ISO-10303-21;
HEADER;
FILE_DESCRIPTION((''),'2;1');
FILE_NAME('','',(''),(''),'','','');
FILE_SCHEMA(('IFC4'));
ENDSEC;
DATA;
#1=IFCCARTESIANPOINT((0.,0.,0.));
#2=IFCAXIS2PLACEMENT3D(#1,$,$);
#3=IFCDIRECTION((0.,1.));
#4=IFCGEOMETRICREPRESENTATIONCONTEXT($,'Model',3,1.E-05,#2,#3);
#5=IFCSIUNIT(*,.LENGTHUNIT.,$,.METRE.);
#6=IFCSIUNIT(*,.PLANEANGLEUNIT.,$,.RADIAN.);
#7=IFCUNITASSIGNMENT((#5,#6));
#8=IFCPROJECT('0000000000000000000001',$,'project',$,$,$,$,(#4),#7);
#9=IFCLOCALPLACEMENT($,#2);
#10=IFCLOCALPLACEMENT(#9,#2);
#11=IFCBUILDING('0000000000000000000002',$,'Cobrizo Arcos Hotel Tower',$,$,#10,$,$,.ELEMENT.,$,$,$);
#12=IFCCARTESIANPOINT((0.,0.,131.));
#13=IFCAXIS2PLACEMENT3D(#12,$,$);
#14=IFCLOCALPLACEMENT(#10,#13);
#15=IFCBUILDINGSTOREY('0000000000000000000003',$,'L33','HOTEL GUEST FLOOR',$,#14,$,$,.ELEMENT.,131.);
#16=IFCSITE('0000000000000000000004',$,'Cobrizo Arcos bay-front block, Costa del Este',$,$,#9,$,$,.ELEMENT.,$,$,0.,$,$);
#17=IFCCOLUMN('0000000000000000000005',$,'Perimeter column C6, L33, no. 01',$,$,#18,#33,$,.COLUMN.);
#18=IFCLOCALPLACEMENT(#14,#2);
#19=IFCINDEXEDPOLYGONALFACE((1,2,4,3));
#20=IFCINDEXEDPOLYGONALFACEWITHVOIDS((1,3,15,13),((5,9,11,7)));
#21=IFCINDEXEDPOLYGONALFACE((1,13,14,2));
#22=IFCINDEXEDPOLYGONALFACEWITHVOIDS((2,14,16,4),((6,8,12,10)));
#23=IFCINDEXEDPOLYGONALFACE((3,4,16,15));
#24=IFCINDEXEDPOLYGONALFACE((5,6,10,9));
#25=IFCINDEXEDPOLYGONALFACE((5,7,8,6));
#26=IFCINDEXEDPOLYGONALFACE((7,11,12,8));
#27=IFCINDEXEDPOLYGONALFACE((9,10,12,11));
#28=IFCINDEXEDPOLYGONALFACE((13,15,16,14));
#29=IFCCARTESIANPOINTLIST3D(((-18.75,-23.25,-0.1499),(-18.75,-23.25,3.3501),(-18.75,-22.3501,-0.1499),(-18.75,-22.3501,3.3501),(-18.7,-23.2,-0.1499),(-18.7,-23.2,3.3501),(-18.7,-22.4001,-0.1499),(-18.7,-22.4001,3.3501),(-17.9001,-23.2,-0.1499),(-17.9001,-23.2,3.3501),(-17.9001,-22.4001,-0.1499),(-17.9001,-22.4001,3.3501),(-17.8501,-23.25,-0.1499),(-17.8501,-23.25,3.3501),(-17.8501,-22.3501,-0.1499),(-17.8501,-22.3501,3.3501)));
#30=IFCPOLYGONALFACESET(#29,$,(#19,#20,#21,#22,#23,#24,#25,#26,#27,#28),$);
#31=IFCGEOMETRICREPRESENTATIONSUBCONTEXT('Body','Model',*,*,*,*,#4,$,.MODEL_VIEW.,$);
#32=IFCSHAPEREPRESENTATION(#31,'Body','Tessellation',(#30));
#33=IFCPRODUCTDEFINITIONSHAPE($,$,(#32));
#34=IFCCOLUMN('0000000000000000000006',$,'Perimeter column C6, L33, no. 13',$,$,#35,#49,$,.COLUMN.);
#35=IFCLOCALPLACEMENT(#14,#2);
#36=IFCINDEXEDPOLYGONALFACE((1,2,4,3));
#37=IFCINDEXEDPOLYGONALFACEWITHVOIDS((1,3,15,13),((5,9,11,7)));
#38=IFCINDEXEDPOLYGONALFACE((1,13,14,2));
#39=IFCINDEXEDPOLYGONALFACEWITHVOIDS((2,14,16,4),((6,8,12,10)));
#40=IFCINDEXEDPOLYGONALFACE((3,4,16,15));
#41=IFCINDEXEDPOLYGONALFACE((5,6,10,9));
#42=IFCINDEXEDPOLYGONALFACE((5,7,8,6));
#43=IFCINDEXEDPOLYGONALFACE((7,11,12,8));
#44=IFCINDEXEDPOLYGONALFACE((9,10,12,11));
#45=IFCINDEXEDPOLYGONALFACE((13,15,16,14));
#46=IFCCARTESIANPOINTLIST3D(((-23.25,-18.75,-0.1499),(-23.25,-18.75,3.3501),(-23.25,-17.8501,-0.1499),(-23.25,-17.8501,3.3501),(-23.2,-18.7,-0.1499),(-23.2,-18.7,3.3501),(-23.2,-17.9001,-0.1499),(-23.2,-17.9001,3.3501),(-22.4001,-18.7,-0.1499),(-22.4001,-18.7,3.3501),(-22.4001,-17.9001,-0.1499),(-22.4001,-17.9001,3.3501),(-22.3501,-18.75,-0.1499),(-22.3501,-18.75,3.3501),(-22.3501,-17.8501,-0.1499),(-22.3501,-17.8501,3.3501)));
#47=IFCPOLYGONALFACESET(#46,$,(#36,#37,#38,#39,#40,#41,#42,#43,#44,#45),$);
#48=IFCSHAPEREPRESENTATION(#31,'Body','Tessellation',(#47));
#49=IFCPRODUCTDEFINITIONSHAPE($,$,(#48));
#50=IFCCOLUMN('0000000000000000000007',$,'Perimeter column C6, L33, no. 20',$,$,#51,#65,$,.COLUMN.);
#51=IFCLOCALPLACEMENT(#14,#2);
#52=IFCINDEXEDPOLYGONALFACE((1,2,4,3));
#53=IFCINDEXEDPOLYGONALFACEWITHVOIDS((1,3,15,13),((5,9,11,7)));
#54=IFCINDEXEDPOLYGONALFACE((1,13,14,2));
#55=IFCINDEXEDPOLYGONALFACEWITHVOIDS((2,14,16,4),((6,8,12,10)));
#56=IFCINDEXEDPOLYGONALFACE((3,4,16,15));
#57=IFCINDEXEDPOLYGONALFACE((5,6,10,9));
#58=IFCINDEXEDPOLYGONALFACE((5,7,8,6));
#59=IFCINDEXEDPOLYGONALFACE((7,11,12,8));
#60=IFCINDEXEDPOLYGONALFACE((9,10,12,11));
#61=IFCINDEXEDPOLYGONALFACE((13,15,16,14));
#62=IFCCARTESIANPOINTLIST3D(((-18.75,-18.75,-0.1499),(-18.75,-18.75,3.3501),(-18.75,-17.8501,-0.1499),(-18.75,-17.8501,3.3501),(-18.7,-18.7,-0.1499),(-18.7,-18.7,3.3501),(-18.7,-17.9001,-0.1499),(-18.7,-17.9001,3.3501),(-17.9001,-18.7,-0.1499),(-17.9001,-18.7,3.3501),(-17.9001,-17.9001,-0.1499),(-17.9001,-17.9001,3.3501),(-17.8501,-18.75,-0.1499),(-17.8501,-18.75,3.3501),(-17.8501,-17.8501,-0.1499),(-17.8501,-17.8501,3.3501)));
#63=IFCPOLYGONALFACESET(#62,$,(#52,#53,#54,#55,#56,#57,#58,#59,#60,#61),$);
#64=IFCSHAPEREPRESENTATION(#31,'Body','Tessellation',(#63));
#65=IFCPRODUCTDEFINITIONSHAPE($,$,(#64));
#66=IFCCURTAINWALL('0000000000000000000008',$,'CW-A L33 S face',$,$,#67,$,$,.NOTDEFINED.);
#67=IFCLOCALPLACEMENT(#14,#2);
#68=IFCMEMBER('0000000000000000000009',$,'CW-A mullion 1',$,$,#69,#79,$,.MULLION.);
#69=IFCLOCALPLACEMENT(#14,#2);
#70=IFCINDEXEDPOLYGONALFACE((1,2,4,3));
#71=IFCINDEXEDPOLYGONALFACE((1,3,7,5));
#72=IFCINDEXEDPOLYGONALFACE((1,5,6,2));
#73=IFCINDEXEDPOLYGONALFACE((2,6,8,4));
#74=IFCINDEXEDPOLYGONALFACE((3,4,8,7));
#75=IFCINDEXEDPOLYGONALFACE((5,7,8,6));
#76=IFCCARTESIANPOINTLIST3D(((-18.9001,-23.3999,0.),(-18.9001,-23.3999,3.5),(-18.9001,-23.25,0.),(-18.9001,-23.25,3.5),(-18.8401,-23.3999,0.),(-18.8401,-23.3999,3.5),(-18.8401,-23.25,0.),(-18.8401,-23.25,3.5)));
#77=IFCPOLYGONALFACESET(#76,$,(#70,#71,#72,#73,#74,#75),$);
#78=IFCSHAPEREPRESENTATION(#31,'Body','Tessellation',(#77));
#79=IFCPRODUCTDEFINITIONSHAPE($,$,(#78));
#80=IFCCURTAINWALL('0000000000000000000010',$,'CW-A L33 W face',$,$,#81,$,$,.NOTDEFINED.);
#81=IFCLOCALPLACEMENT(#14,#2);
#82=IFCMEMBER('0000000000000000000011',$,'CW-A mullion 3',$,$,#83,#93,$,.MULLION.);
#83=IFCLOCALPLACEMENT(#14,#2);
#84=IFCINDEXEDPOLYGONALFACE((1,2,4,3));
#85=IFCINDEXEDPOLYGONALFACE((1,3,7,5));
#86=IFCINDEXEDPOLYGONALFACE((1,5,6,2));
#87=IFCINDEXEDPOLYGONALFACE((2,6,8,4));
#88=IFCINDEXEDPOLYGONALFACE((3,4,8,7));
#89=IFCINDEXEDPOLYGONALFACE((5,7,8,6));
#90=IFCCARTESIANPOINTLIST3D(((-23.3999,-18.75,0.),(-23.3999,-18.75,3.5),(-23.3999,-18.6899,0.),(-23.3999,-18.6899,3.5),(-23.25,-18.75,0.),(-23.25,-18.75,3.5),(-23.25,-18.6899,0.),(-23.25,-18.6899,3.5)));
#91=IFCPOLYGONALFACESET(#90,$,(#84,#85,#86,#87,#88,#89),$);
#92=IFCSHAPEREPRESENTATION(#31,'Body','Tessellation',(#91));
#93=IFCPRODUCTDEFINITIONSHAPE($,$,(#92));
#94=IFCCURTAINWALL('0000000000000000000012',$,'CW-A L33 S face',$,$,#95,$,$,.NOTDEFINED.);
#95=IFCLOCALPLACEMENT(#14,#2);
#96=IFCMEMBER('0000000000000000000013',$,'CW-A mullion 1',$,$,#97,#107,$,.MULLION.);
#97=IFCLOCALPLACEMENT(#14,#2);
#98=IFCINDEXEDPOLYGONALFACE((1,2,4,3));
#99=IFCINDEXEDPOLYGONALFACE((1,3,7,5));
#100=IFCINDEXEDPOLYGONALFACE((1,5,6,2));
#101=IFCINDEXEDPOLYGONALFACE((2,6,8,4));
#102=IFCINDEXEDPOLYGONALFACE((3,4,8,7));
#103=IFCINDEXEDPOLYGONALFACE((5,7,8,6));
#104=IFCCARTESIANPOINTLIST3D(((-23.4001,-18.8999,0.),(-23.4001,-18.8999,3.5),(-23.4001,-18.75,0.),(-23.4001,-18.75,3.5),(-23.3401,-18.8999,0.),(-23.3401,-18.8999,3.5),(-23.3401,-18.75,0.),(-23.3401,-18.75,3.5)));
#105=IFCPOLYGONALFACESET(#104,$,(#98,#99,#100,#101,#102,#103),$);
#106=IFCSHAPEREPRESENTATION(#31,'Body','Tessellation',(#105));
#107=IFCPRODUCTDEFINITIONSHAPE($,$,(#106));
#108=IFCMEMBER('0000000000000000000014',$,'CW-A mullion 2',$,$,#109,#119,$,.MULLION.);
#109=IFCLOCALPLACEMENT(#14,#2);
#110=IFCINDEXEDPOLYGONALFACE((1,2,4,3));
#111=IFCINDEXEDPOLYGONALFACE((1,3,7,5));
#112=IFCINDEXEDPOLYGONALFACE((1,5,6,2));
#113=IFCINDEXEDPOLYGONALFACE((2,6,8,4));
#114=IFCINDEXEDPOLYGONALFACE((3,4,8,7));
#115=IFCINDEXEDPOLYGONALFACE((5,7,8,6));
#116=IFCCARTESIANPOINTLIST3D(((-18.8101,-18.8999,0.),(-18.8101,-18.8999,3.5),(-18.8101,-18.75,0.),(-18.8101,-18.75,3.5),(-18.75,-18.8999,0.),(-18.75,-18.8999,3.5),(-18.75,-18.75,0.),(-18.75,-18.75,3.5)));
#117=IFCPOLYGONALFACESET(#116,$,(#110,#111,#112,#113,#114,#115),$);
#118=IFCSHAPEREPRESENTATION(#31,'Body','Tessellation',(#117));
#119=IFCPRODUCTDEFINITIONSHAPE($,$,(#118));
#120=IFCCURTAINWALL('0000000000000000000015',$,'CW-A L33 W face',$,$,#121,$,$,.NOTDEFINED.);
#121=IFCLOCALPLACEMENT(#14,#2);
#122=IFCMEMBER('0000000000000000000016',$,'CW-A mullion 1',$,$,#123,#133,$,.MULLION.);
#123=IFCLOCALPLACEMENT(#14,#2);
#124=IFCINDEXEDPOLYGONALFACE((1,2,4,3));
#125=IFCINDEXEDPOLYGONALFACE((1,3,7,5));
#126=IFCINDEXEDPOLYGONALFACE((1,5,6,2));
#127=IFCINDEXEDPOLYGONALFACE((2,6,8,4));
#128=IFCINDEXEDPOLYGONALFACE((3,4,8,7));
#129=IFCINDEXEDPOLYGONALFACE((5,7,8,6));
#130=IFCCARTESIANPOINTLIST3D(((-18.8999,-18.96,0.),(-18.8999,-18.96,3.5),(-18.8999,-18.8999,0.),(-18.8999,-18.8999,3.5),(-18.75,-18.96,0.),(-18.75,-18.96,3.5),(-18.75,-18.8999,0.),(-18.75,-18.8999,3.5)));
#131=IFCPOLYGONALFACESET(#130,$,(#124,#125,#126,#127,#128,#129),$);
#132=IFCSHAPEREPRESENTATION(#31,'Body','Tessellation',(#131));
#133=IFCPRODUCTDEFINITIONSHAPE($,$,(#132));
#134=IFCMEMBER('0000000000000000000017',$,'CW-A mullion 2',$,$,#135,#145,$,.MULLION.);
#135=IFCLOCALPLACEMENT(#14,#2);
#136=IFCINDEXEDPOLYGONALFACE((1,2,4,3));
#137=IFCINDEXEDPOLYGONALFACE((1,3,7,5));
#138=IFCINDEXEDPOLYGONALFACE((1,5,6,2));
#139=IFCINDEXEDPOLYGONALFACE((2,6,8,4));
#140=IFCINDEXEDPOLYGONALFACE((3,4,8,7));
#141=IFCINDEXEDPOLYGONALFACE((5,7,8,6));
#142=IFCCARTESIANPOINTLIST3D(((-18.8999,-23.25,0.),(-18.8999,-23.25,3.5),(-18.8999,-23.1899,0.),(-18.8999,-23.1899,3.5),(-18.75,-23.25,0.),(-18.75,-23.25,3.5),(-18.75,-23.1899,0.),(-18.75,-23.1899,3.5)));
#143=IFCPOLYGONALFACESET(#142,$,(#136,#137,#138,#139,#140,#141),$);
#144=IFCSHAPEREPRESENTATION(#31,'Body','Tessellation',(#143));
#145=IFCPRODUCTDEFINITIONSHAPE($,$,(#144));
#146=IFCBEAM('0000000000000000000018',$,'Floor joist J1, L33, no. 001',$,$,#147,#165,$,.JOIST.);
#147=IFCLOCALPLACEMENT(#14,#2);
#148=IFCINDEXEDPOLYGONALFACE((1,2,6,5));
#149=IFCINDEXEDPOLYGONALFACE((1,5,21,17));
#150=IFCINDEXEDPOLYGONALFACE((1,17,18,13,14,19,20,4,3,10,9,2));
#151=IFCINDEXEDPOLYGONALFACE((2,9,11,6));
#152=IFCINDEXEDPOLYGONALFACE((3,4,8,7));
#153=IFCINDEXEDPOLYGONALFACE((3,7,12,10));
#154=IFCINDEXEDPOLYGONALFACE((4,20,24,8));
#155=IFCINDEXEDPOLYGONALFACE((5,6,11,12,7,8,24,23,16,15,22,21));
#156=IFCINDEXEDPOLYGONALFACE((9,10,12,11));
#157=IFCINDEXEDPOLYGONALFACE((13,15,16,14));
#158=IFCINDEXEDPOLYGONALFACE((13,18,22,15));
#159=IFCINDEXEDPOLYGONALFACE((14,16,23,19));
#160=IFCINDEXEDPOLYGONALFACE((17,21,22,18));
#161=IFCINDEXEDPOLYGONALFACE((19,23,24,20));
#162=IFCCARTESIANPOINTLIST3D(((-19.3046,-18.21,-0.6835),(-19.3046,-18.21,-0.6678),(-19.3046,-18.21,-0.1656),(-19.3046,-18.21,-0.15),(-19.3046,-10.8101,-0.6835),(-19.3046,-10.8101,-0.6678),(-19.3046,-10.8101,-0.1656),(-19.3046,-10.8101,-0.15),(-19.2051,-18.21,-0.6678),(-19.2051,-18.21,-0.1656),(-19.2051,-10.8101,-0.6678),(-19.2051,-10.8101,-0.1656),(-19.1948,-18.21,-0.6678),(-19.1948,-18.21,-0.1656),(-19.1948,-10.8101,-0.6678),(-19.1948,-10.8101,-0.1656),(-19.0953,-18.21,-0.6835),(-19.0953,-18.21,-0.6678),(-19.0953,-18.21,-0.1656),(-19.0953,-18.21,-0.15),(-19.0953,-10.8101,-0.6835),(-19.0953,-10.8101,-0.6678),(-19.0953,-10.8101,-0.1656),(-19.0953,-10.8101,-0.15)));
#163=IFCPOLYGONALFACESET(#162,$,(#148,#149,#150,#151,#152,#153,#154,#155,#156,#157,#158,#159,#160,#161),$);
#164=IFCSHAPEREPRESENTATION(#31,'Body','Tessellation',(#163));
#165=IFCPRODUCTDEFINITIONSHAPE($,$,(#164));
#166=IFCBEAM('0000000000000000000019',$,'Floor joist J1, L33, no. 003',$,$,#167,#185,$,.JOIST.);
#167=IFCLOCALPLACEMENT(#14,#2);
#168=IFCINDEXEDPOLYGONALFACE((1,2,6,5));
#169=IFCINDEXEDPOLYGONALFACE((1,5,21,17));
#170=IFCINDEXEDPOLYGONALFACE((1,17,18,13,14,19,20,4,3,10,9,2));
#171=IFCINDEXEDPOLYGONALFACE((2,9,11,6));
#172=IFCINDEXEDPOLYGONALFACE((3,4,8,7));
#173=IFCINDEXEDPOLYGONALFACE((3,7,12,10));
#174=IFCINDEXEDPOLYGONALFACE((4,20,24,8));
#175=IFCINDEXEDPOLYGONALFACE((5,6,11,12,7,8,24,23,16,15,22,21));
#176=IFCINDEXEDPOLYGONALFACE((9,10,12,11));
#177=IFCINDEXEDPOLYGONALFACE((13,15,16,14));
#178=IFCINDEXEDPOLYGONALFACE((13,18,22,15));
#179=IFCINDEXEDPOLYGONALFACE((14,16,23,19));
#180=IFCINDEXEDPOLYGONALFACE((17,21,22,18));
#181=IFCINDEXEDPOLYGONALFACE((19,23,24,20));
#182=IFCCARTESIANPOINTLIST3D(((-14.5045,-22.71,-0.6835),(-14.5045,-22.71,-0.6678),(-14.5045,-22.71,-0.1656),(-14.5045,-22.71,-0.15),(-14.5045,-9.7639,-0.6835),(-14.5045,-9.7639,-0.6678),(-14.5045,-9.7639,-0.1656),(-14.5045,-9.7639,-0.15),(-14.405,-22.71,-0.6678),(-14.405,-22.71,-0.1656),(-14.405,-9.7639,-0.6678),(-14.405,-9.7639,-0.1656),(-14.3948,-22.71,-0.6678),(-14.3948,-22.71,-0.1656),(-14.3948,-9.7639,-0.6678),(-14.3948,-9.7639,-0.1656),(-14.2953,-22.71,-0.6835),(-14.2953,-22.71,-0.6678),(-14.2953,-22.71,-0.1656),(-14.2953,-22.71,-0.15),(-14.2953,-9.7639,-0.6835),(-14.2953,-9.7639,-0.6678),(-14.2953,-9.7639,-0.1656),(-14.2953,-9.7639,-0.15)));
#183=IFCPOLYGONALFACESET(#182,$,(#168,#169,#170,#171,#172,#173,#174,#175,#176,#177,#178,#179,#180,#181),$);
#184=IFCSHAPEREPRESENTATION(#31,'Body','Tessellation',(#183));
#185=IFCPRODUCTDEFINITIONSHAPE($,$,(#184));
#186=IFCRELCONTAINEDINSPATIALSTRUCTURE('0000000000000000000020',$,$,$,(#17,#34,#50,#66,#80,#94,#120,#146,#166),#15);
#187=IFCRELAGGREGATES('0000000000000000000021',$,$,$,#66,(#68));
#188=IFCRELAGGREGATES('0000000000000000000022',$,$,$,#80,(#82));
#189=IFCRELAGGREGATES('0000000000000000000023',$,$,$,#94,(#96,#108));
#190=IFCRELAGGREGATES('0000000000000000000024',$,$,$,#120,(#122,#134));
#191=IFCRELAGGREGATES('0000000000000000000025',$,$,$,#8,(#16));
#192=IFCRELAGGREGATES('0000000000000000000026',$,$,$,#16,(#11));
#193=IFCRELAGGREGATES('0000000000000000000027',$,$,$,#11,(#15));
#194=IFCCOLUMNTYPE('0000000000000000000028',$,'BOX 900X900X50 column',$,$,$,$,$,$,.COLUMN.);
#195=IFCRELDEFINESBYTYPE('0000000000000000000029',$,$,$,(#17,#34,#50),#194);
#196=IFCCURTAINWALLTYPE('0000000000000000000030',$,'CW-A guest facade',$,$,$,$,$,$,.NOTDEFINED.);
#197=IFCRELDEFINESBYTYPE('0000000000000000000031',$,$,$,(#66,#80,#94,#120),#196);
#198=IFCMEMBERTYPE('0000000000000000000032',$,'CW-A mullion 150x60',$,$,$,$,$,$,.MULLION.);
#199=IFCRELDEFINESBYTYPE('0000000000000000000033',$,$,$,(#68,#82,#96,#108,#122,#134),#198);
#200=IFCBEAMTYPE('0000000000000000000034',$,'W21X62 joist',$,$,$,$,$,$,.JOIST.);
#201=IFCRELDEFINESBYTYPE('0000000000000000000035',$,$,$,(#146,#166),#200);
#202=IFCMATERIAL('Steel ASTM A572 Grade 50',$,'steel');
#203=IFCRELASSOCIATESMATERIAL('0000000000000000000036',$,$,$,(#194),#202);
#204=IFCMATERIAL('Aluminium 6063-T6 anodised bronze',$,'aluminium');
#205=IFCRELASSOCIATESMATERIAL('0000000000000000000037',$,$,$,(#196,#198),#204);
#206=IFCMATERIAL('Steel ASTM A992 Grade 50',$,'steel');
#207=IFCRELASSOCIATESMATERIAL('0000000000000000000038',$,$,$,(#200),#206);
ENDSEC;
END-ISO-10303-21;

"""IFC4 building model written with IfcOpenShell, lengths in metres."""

from ifc_helpers import new_model, si_unit, direction, frame, origin, origin_2d, place, context, subcontext, project, spatial, rectangle, hollow_rectangle, i_section, extrude, material, material_profile, profile_set, type_object, element, aggregate, save


model = new_model("IFC4")

# Units and contexts
model_context = context("Model", 3, precision=1e-05, world=origin(), true_north=direction((0.0, 1.0)))
body_context = subcontext(model_context, "Body", "Model", "MODEL_VIEW")
ifc_project = project(units=[si_unit("LENGTHUNIT", "METRE"), si_unit("PLANEANGLEUNIT", "RADIAN")], contexts=[model_context])

# Site, building, storey
site_placement = place(None, origin())
site = spatial("IfcSite", under=ifc_project, at=site_placement, Name="Cobrizo Arcos bay-front block, Costa del Este", CompositionType="ELEMENT", RefElevation=0.0)
building_placement = place(site_placement, origin())
building = spatial("IfcBuilding", under=site, at=building_placement, Name="Cobrizo Arcos Hotel Tower", CompositionType="ELEMENT")
storey_placement = place(building_placement, frame((0.0, 0.0, 131.0)))
storey = spatial("IfcBuildingStorey", under=building, at=storey_placement, Name="L33", Description="HOTEL GUEST FLOOR", CompositionType="ELEMENT", Elevation=131.0)

# Columns
ifc_material_1 = material(Name="Steel ASTM A572 Grade 50", Category="steel")
ifc_material_profile_1 = material_profile(ifc_material_1, hollow_rectangle(XDim=0.8999, YDim=0.8999, WallThickness=0.05, at=origin_2d()), Name="BOX 900X900X50")
ifc_profile_set_1 = profile_set([ifc_material_profile_1], Name="Steel ASTM A572 Grade 50")
column_type = type_object("IfcColumnType", Name="BOX 900X900X50 column", PredefinedType="COLUMN", material=ifc_profile_set_1)
for number, where, z_axis, x_axis, name in (
    (1, (-18.3, -22.8, -0.1499), (0.0, 0.0, 1.0), (1.0, 0.0, 0.0), "Perimeter column C6, L33, no. 01"),
    (2, (-22.8, -18.3, -0.1499), (0.0, 0.0, 1.0), (1.0, 0.0, 0.0), "Perimeter column C6, L33, no. 13"),
    (3, (-18.3, -18.3, -0.1499), (0.0, 0.0, 1.0), (1.0, 0.0, 0.0), "Perimeter column C6, L33, no. 20"),
):
    element("IfcColumn", number, at=place(storey_placement, frame(where, z_axis=z_axis, x_axis=x_axis)), inside=storey, type_object=column_type, Name=name, PredefinedType="COLUMN", context=body_context, shape_type="SweptSolid", body=[
        extrude(hollow_rectangle(XDim=0.8999, YDim=0.8999, WallThickness=0.05, at=origin_2d()), origin(), (0.0, 0.0, 1.0), 3.5),
    ])

# Curtain walls, members
ifc_material_2 = material(Name="Aluminium 6063-T6 anodised bronze", Category="aluminium")
curtain_wall_type = type_object("IfcCurtainWallType", Name="CW-A guest facade", PredefinedType="NOTDEFINED", material=ifc_material_2)
curtain_wall_1_placement = place(storey_placement, origin())
curtain_wall_1 = element("IfcCurtainWall", 4, at=curtain_wall_1_placement, inside=storey, type_object=curtain_wall_type, Name="CW-A L33 S face", PredefinedType="NOTDEFINED")
ifc_material_profile_2 = material_profile(ifc_material_2, rectangle(XDim=0.1499, YDim=0.0601, at=origin_2d()), Name="CW-A mullion 150x60")
ifc_profile_set_2 = profile_set([ifc_material_profile_2], Name="Aluminium 6063-T6 anodised bronze")
member_type = type_object("IfcMemberType", Name="CW-A mullion 150x60", PredefinedType="MULLION", material=ifc_profile_set_2)
member_1_placement = place(storey_placement, frame((-18.8701, -23.325, 0.0), z_axis=(0.0, 0.0, 1.0), x_axis=(0.0, -1.0, 0.0)))
member_1 = element("IfcMember", 5, at=member_1_placement, type_object=member_type, Name="CW-A mullion 1", PredefinedType="MULLION", context=body_context, shape_type="SweptSolid", body=[
    extrude(rectangle(XDim=0.1499, YDim=0.0601, at=origin_2d()), origin(), (0.0, 0.0, 1.0), 3.5),
])
curtain_wall_2_placement = place(storey_placement, origin())
curtain_wall_2 = element("IfcCurtainWall", 6, at=curtain_wall_2_placement, inside=storey, type_object=curtain_wall_type, Name="CW-A L33 W face", PredefinedType="NOTDEFINED")
member_2_placement = place(storey_placement, frame((-23.325, -18.72, 0.0), z_axis=(0.0, 0.0, 1.0), x_axis=(-1.0, 0.0, 0.0)))
member_2 = element("IfcMember", 7, at=member_2_placement, type_object=member_type, Name="CW-A mullion 3", PredefinedType="MULLION", context=body_context, shape_type="SweptSolid", body=[
    extrude(rectangle(XDim=0.1499, YDim=0.0601, at=origin_2d()), origin(), (0.0, 0.0, 1.0), 3.5),
])

# Curtain walls, members
curtain_wall_3_placement = place(storey_placement, origin())
curtain_wall_3 = element("IfcCurtainWall", 8, at=curtain_wall_3_placement, inside=storey, type_object=curtain_wall_type, Name="CW-A L33 S face", PredefinedType="NOTDEFINED")
member_3_placement = place(storey_placement, frame((-23.3701, -18.825, 0.0), z_axis=(0.0, 0.0, 1.0), x_axis=(0.0, -1.0, 0.0)))
member_3 = element("IfcMember", 9, at=member_3_placement, type_object=member_type, Name="CW-A mullion 1", PredefinedType="MULLION", context=body_context, shape_type="SweptSolid", body=[
    extrude(rectangle(XDim=0.1499, YDim=0.0601, at=origin_2d()), origin(), (0.0, 0.0, 1.0), 3.5),
])
member_4_placement = place(storey_placement, frame((-18.78, -18.825, 0.0), z_axis=(0.0, 0.0, 1.0), x_axis=(0.0, -1.0, 0.0)))
member_4 = element("IfcMember", 10, at=member_4_placement, type_object=member_type, Name="CW-A mullion 2", PredefinedType="MULLION", context=body_context, shape_type="SweptSolid", body=[
    extrude(rectangle(XDim=0.1499, YDim=0.0601, at=origin_2d()), origin(), (0.0, 0.0, 1.0), 3.5),
])
curtain_wall_4_placement = place(storey_placement, origin())
curtain_wall_4 = element("IfcCurtainWall", 11, at=curtain_wall_4_placement, inside=storey, type_object=curtain_wall_type, Name="CW-A L33 W face", PredefinedType="NOTDEFINED")
member_5_placement = place(storey_placement, frame((-18.825, -18.9299, 0.0), z_axis=(0.0, 0.0, 1.0), x_axis=(-1.0, 0.0, 0.0)))
member_5 = element("IfcMember", 12, at=member_5_placement, type_object=member_type, Name="CW-A mullion 1", PredefinedType="MULLION", context=body_context, shape_type="SweptSolid", body=[
    extrude(rectangle(XDim=0.1499, YDim=0.0601, at=origin_2d()), origin(), (0.0, 0.0, 1.0), 3.5),
])
member_6_placement = place(storey_placement, frame((-18.825, -23.22, 0.0), z_axis=(0.0, 0.0, 1.0), x_axis=(-1.0, 0.0, 0.0)))
member_6 = element("IfcMember", 13, at=member_6_placement, type_object=member_type, Name="CW-A mullion 2", PredefinedType="MULLION", context=body_context, shape_type="SweptSolid", body=[
    extrude(rectangle(XDim=0.1499, YDim=0.0601, at=origin_2d()), origin(), (0.0, 0.0, 1.0), 3.5),
])

# Beams
ifc_material_3 = material(Name="Steel ASTM A992 Grade 50", Category="steel")
ifc_material_profile_3 = material_profile(ifc_material_3, i_section(OverallWidth=0.2092, OverallDepth=0.5334, WebThickness=0.0103, FlangeThickness=0.0156, at=origin_2d()), Name="W21X62")
ifc_profile_set_3 = profile_set([ifc_material_profile_3], Name="Steel ASTM A992 Grade 50")
beam_type_1 = type_object("IfcBeamType", Name="W21X62 joist", PredefinedType="JOIST", material=ifc_profile_set_3)
beam_1_placement = place(storey_placement, frame((-19.2, -18.21, -0.4167), z_axis=(0.0, 1.0, 0.0), x_axis=(-1.0, 0.0, 0.0)))
element("IfcBeam", 14, at=beam_1_placement, inside=storey, type_object=beam_type_1, Name="Floor joist J1, L33, no. 001", PredefinedType="JOIST", context=body_context, shape_type="SweptSolid", body=[
    extrude(i_section(OverallWidth=0.2092, OverallDepth=0.5334, WebThickness=0.0103, FlangeThickness=0.0156, at=origin_2d()), origin(), (0.0, 0.0, 1.0), 7.3999),
])
beam_2_placement = place(storey_placement, frame((-14.3999, -22.71, -0.4167), z_axis=(0.0, 1.0, 0.0), x_axis=(-1.0, 0.0, 0.0)))
element("IfcBeam", 15, at=beam_2_placement, inside=storey, type_object=beam_type_1, Name="Floor joist J1, L33, no. 003", PredefinedType="JOIST", context=body_context, shape_type="SweptSolid", body=[
    extrude(i_section(OverallWidth=0.2092, OverallDepth=0.5334, WebThickness=0.0103, FlangeThickness=0.0156, at=origin_2d()), origin(), (0.0, 0.0, 1.0), 12.946),
])

aggregate(curtain_wall_1, [member_1])
aggregate(curtain_wall_2, [member_2])
aggregate(curtain_wall_3, [member_3, member_4])
aggregate(curtain_wall_4, [member_5, member_6])

save(model, "model.ifc")
